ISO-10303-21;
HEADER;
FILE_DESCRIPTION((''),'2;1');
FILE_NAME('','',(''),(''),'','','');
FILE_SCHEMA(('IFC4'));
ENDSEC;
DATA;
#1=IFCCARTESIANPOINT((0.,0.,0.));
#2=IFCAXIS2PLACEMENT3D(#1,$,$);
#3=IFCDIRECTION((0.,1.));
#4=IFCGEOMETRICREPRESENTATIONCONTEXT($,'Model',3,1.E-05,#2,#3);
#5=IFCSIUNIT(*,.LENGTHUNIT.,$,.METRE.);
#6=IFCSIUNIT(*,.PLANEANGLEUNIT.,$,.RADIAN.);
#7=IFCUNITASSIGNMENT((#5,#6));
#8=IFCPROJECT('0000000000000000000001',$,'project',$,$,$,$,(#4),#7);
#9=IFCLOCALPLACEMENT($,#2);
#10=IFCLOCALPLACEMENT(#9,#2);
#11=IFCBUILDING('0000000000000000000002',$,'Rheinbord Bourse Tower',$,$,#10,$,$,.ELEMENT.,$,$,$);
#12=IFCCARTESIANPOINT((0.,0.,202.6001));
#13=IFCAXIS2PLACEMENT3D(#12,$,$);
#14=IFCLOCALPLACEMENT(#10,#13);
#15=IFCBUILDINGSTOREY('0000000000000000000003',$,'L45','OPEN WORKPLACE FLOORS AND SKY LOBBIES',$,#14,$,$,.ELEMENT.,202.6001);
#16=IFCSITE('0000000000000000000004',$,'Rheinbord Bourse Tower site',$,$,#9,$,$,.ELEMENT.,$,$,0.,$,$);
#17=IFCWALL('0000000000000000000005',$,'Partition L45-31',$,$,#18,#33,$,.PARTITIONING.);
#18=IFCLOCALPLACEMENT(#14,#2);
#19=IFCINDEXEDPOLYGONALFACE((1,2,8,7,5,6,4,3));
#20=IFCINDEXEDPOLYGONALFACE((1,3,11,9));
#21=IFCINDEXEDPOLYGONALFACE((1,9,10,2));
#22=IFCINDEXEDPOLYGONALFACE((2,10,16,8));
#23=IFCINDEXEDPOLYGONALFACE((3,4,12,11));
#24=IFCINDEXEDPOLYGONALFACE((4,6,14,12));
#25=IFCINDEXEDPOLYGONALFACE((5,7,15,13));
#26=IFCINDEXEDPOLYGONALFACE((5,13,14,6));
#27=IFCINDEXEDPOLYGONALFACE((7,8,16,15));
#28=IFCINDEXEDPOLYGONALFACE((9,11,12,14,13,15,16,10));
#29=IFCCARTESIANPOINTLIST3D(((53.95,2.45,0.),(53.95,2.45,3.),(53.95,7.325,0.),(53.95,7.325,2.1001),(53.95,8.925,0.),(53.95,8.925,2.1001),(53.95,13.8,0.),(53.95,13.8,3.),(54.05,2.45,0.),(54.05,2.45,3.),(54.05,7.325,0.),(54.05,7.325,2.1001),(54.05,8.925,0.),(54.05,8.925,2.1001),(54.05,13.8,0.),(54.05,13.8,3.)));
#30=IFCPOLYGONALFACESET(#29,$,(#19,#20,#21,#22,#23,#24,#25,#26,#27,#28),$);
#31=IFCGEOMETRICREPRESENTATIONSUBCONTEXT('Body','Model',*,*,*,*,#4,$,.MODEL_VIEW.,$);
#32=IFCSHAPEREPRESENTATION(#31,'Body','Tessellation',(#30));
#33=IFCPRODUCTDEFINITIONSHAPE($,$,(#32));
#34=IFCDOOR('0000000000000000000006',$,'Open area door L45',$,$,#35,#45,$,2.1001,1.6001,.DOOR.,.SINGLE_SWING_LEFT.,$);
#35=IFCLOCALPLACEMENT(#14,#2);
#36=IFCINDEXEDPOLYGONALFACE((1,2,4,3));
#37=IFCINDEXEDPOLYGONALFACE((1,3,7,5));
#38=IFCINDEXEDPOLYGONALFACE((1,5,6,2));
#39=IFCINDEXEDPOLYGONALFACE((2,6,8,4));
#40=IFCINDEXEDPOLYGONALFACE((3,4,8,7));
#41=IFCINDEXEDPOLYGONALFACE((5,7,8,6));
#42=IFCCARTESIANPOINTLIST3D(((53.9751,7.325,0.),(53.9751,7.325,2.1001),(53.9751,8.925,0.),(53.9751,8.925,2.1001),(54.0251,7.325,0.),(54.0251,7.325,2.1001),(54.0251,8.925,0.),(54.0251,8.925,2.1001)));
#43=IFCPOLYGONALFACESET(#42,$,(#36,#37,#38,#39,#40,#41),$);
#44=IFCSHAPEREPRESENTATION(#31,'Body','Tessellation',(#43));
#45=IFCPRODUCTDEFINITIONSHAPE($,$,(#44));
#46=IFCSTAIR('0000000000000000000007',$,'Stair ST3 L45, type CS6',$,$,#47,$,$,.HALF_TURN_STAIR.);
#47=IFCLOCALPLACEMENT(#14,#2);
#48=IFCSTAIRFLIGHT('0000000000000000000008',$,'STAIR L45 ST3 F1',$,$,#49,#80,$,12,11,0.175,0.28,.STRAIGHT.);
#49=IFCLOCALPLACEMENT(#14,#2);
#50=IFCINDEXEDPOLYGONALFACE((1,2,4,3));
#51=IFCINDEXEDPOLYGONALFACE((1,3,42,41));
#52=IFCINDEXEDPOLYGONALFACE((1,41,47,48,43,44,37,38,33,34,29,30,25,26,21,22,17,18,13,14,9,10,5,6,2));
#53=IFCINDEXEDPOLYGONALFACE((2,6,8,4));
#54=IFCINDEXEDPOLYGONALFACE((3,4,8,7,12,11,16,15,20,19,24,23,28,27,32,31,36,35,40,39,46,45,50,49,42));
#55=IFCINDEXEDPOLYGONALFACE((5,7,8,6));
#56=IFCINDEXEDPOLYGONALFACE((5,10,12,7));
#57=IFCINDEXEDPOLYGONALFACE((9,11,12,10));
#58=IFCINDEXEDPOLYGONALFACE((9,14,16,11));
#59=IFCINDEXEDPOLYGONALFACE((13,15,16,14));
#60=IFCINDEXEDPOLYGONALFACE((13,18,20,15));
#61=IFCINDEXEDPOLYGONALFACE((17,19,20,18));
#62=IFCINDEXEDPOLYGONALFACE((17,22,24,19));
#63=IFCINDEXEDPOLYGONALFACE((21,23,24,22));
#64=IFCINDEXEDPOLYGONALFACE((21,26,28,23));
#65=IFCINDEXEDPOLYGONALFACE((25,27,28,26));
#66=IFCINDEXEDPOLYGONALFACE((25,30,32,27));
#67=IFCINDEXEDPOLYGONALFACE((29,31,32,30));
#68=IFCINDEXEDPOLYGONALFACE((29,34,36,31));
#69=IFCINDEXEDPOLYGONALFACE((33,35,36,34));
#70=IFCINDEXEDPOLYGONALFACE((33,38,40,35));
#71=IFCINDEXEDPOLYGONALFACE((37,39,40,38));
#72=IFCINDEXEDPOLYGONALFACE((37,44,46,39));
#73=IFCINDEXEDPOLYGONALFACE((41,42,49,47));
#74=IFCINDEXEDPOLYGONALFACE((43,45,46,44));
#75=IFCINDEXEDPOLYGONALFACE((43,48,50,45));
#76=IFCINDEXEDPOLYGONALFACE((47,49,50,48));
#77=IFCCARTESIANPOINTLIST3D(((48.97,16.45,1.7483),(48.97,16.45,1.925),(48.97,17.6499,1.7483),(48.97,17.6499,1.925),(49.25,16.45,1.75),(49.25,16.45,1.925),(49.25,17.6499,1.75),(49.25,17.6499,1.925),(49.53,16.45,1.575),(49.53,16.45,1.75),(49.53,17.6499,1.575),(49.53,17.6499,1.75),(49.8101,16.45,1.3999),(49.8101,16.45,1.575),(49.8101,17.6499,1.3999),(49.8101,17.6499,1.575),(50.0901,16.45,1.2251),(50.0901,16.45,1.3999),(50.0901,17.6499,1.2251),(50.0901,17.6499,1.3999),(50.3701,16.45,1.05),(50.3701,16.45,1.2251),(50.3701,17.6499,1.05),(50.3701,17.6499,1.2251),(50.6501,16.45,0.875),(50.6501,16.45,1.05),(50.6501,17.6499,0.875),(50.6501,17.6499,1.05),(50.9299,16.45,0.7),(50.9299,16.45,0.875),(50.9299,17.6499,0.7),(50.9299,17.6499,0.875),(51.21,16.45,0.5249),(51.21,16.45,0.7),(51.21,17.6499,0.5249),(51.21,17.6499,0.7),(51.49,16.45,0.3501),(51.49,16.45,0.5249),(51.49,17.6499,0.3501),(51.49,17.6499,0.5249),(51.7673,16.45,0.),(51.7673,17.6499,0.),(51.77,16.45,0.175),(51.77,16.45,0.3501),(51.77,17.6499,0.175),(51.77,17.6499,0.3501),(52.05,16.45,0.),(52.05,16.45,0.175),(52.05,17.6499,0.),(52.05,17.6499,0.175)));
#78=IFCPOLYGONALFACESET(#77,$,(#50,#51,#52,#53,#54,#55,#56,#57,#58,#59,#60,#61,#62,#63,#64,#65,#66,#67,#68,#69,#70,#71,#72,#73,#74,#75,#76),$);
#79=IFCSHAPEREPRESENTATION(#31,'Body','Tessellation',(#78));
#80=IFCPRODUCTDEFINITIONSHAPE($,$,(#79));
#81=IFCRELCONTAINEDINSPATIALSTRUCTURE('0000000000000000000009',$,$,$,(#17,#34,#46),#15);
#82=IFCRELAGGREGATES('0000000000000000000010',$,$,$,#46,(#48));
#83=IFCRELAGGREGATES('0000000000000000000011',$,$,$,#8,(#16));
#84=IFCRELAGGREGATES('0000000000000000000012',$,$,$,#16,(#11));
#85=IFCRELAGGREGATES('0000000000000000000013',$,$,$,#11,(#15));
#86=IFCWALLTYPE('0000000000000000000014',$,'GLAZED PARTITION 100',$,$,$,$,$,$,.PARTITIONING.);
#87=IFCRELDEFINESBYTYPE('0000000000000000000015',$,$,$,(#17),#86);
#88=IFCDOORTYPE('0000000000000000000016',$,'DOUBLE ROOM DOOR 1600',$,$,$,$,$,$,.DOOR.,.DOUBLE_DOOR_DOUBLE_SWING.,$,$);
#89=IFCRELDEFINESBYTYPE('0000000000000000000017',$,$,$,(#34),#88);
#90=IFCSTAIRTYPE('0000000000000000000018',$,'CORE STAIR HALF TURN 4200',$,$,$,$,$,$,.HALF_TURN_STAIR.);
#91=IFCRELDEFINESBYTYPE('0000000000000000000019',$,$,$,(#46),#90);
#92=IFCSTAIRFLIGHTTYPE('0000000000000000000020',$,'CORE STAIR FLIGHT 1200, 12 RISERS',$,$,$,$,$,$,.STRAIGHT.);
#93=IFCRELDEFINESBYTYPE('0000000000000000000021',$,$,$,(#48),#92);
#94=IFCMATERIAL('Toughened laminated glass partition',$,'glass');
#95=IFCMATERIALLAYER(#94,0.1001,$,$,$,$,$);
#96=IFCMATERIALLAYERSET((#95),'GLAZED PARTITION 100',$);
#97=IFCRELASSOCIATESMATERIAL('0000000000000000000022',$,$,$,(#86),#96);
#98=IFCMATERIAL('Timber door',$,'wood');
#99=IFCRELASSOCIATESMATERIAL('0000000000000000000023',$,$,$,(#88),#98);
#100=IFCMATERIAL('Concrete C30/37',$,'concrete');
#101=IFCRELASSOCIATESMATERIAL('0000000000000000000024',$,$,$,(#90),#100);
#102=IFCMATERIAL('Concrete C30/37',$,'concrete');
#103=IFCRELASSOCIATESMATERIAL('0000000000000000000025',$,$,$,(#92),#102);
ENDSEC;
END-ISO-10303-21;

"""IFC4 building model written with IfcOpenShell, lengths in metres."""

from ifc_helpers import new_model, si_unit, direction, frame, frame_2d, origin, place, context, subcontext, project, spatial, polyline, rectangle, outline, extrude, material, layer, layer_set, type_object, element, fill, aggregate, save


model = new_model("IFC4")

# Units and contexts
model_context = context("Model", 3, precision=1e-05, world=origin(), true_north=direction((0.0, 1.0)))
body_context = subcontext(model_context, "Body", "Model", "MODEL_VIEW")
ifc_project = project(units=[si_unit("LENGTHUNIT", "METRE"), si_unit("PLANEANGLEUNIT", "RADIAN")], contexts=[model_context])

# Site, building, storey
site_placement = place(None, origin())
site = spatial("IfcSite", under=ifc_project, at=site_placement, Name="Rheinbord Bourse Tower site", CompositionType="ELEMENT", RefElevation=0.0)
building_placement = place(site_placement, origin())
building = spatial("IfcBuilding", under=site, at=building_placement, Name="Rheinbord Bourse Tower", CompositionType="ELEMENT")
storey_placement = place(building_placement, frame((0.0, 0.0, 202.6001)))
storey = spatial("IfcBuildingStorey", under=building, at=storey_placement, Name="L45", Description="OPEN WORKPLACE FLOORS AND SKY LOBBIES", CompositionType="ELEMENT", Elevation=202.6001)

# Shared definitions
ifc_material_1 = material(Name="Toughened laminated glass partition", Category="glass")
ifc_layer_1 = layer(ifc_material_1, 0.1001)
ifc_layer_set_1 = layer_set([ifc_layer_1], Name="GLAZED PARTITION 100")
wall_type_1 = type_object("IfcWallType", Name="GLAZED PARTITION 100", PredefinedType="PARTITIONING", material=ifc_layer_set_1)

# Wall, opening, door
wall_1_placement = place(storey_placement, frame((54.0, 2.45, 0.0), z_axis=(0.0, 0.0, 1.0), x_axis=(0.0, 1.0, 0.0)))
wall_1 = element("IfcWall", 1, at=wall_1_placement, inside=storey, type_object=wall_type_1, Name="Partition L45-31", PredefinedType="PARTITIONING", context=body_context, shape_type="SweptSolid", body=[
    extrude(rectangle(XDim=11.3501, YDim=0.1001, at=frame_2d((5.675, 0.0))), origin(), (0.0, 0.0, 1.0), 3.0),
])
opening_1_placement = place(wall_1_placement, frame((4.875, 0.0, 0.0)))
opening_1 = element("IfcOpeningElement", 2, at=opening_1_placement, cuts=wall_1, PredefinedType="OPENING", context=body_context, shape_type="SweptSolid", body=[
    extrude(rectangle(XDim=1.6001, YDim=2.1001, at=frame_2d((0.8, 1.05))), frame((0.0, 0.0601, 0.0), z_axis=(0.0, -1.0, 0.0), x_axis=(1.0, 0.0, 0.0)), (0.0, 0.0, 1.0), 0.1201),
])
ifc_material_2 = material(Name="Timber door", Category="wood")
door_type_1 = type_object("IfcDoorType", Name="DOUBLE ROOM DOOR 1600", OperationType="DOUBLE_DOOR_DOUBLE_SWING", PredefinedType="DOOR", material=ifc_material_2)
door_1_placement = place(opening_1_placement, origin())
door_1 = element("IfcDoor", 3, at=door_1_placement, inside=storey, type_object=door_type_1, Name="Open area door L45", OperationType="SINGLE_SWING_LEFT", OverallHeight=2.1001, OverallWidth=1.6001, PredefinedType="DOOR", context=body_context, shape_type="SweptSolid", body=[
    extrude(rectangle(XDim=1.6001, YDim=2.1001, at=frame_2d((0.8, 1.05))), frame((0.0, 0.0249, 0.0), z_axis=(0.0, -1.0, 0.0), x_axis=(1.0, 0.0, 0.0)), (0.0, 0.0, 1.0), 0.05),
])
fill(opening_1, door_1)

# Stair, stair flight
ifc_material_3 = material(Name="Concrete C30/37", Category="concrete")
stair_type = type_object("IfcStairType", Name="CORE STAIR HALF TURN 4200", PredefinedType="HALF_TURN_STAIR", material=ifc_material_3)
stair_placement = place(storey_placement, origin())
stair = element("IfcStair", 4, at=stair_placement, inside=storey, type_object=stair_type, Name="Stair ST3 L45, type CS6", PredefinedType="HALF_TURN_STAIR")
ifc_material_4 = material(Name="Concrete C30/37", Category="concrete")
stair_flight_type = type_object("IfcStairFlightType", Name="CORE STAIR FLIGHT 1200, 12 RISERS", PredefinedType="STRAIGHT", material=ifc_material_4)
stair_flight_placement = place(storey_placement, frame((52.05, 17.05, 0.0), z_axis=(0.0, 0.0, 1.0), x_axis=(-1.0, 0.0, 0.0)))
stair_flight = element("IfcStairFlight", 5, at=stair_flight_placement, type_object=stair_flight_type, Name="STAIR L45 ST3 F1", NumberOfRisers=12, NumberOfTreads=11, PredefinedType="STRAIGHT", RiserHeight=0.175, TreadLength=0.28, context=body_context, shape_type="SweptSolid", body=[
    extrude(outline(polyline([(0.0, 0.0), (0.0, 0.175), (0.28, 0.175), (0.28, 0.3501), (0.5601, 0.3501), (0.5601, 0.5249), (0.8401, 0.5249), (0.8401, 0.7), (1.1201, 0.7), (1.1201, 0.875), (1.3999, 0.875), (1.3999, 1.05), (1.6799, 1.05), (1.6799, 1.2251), (1.96, 1.2251), (1.96, 1.3999), (2.24, 1.3999), (2.24, 1.575), (2.52, 1.575), (2.52, 1.75), (2.8, 1.75), (2.8, 1.925), (3.0801, 1.925), (3.0801, 2.1001), (3.0801, 1.7483), (0.2827, 0.0), (0.0, 0.0)])), frame((0.0, 0.6001, 0.0), z_axis=(0.0, -1.0, 0.0), x_axis=(1.0, 0.0, 0.0)), (0.0, 0.0, 1.0), 1.2),
])
aggregate(stair, [stair_flight])

save(model, "model.ifc")
